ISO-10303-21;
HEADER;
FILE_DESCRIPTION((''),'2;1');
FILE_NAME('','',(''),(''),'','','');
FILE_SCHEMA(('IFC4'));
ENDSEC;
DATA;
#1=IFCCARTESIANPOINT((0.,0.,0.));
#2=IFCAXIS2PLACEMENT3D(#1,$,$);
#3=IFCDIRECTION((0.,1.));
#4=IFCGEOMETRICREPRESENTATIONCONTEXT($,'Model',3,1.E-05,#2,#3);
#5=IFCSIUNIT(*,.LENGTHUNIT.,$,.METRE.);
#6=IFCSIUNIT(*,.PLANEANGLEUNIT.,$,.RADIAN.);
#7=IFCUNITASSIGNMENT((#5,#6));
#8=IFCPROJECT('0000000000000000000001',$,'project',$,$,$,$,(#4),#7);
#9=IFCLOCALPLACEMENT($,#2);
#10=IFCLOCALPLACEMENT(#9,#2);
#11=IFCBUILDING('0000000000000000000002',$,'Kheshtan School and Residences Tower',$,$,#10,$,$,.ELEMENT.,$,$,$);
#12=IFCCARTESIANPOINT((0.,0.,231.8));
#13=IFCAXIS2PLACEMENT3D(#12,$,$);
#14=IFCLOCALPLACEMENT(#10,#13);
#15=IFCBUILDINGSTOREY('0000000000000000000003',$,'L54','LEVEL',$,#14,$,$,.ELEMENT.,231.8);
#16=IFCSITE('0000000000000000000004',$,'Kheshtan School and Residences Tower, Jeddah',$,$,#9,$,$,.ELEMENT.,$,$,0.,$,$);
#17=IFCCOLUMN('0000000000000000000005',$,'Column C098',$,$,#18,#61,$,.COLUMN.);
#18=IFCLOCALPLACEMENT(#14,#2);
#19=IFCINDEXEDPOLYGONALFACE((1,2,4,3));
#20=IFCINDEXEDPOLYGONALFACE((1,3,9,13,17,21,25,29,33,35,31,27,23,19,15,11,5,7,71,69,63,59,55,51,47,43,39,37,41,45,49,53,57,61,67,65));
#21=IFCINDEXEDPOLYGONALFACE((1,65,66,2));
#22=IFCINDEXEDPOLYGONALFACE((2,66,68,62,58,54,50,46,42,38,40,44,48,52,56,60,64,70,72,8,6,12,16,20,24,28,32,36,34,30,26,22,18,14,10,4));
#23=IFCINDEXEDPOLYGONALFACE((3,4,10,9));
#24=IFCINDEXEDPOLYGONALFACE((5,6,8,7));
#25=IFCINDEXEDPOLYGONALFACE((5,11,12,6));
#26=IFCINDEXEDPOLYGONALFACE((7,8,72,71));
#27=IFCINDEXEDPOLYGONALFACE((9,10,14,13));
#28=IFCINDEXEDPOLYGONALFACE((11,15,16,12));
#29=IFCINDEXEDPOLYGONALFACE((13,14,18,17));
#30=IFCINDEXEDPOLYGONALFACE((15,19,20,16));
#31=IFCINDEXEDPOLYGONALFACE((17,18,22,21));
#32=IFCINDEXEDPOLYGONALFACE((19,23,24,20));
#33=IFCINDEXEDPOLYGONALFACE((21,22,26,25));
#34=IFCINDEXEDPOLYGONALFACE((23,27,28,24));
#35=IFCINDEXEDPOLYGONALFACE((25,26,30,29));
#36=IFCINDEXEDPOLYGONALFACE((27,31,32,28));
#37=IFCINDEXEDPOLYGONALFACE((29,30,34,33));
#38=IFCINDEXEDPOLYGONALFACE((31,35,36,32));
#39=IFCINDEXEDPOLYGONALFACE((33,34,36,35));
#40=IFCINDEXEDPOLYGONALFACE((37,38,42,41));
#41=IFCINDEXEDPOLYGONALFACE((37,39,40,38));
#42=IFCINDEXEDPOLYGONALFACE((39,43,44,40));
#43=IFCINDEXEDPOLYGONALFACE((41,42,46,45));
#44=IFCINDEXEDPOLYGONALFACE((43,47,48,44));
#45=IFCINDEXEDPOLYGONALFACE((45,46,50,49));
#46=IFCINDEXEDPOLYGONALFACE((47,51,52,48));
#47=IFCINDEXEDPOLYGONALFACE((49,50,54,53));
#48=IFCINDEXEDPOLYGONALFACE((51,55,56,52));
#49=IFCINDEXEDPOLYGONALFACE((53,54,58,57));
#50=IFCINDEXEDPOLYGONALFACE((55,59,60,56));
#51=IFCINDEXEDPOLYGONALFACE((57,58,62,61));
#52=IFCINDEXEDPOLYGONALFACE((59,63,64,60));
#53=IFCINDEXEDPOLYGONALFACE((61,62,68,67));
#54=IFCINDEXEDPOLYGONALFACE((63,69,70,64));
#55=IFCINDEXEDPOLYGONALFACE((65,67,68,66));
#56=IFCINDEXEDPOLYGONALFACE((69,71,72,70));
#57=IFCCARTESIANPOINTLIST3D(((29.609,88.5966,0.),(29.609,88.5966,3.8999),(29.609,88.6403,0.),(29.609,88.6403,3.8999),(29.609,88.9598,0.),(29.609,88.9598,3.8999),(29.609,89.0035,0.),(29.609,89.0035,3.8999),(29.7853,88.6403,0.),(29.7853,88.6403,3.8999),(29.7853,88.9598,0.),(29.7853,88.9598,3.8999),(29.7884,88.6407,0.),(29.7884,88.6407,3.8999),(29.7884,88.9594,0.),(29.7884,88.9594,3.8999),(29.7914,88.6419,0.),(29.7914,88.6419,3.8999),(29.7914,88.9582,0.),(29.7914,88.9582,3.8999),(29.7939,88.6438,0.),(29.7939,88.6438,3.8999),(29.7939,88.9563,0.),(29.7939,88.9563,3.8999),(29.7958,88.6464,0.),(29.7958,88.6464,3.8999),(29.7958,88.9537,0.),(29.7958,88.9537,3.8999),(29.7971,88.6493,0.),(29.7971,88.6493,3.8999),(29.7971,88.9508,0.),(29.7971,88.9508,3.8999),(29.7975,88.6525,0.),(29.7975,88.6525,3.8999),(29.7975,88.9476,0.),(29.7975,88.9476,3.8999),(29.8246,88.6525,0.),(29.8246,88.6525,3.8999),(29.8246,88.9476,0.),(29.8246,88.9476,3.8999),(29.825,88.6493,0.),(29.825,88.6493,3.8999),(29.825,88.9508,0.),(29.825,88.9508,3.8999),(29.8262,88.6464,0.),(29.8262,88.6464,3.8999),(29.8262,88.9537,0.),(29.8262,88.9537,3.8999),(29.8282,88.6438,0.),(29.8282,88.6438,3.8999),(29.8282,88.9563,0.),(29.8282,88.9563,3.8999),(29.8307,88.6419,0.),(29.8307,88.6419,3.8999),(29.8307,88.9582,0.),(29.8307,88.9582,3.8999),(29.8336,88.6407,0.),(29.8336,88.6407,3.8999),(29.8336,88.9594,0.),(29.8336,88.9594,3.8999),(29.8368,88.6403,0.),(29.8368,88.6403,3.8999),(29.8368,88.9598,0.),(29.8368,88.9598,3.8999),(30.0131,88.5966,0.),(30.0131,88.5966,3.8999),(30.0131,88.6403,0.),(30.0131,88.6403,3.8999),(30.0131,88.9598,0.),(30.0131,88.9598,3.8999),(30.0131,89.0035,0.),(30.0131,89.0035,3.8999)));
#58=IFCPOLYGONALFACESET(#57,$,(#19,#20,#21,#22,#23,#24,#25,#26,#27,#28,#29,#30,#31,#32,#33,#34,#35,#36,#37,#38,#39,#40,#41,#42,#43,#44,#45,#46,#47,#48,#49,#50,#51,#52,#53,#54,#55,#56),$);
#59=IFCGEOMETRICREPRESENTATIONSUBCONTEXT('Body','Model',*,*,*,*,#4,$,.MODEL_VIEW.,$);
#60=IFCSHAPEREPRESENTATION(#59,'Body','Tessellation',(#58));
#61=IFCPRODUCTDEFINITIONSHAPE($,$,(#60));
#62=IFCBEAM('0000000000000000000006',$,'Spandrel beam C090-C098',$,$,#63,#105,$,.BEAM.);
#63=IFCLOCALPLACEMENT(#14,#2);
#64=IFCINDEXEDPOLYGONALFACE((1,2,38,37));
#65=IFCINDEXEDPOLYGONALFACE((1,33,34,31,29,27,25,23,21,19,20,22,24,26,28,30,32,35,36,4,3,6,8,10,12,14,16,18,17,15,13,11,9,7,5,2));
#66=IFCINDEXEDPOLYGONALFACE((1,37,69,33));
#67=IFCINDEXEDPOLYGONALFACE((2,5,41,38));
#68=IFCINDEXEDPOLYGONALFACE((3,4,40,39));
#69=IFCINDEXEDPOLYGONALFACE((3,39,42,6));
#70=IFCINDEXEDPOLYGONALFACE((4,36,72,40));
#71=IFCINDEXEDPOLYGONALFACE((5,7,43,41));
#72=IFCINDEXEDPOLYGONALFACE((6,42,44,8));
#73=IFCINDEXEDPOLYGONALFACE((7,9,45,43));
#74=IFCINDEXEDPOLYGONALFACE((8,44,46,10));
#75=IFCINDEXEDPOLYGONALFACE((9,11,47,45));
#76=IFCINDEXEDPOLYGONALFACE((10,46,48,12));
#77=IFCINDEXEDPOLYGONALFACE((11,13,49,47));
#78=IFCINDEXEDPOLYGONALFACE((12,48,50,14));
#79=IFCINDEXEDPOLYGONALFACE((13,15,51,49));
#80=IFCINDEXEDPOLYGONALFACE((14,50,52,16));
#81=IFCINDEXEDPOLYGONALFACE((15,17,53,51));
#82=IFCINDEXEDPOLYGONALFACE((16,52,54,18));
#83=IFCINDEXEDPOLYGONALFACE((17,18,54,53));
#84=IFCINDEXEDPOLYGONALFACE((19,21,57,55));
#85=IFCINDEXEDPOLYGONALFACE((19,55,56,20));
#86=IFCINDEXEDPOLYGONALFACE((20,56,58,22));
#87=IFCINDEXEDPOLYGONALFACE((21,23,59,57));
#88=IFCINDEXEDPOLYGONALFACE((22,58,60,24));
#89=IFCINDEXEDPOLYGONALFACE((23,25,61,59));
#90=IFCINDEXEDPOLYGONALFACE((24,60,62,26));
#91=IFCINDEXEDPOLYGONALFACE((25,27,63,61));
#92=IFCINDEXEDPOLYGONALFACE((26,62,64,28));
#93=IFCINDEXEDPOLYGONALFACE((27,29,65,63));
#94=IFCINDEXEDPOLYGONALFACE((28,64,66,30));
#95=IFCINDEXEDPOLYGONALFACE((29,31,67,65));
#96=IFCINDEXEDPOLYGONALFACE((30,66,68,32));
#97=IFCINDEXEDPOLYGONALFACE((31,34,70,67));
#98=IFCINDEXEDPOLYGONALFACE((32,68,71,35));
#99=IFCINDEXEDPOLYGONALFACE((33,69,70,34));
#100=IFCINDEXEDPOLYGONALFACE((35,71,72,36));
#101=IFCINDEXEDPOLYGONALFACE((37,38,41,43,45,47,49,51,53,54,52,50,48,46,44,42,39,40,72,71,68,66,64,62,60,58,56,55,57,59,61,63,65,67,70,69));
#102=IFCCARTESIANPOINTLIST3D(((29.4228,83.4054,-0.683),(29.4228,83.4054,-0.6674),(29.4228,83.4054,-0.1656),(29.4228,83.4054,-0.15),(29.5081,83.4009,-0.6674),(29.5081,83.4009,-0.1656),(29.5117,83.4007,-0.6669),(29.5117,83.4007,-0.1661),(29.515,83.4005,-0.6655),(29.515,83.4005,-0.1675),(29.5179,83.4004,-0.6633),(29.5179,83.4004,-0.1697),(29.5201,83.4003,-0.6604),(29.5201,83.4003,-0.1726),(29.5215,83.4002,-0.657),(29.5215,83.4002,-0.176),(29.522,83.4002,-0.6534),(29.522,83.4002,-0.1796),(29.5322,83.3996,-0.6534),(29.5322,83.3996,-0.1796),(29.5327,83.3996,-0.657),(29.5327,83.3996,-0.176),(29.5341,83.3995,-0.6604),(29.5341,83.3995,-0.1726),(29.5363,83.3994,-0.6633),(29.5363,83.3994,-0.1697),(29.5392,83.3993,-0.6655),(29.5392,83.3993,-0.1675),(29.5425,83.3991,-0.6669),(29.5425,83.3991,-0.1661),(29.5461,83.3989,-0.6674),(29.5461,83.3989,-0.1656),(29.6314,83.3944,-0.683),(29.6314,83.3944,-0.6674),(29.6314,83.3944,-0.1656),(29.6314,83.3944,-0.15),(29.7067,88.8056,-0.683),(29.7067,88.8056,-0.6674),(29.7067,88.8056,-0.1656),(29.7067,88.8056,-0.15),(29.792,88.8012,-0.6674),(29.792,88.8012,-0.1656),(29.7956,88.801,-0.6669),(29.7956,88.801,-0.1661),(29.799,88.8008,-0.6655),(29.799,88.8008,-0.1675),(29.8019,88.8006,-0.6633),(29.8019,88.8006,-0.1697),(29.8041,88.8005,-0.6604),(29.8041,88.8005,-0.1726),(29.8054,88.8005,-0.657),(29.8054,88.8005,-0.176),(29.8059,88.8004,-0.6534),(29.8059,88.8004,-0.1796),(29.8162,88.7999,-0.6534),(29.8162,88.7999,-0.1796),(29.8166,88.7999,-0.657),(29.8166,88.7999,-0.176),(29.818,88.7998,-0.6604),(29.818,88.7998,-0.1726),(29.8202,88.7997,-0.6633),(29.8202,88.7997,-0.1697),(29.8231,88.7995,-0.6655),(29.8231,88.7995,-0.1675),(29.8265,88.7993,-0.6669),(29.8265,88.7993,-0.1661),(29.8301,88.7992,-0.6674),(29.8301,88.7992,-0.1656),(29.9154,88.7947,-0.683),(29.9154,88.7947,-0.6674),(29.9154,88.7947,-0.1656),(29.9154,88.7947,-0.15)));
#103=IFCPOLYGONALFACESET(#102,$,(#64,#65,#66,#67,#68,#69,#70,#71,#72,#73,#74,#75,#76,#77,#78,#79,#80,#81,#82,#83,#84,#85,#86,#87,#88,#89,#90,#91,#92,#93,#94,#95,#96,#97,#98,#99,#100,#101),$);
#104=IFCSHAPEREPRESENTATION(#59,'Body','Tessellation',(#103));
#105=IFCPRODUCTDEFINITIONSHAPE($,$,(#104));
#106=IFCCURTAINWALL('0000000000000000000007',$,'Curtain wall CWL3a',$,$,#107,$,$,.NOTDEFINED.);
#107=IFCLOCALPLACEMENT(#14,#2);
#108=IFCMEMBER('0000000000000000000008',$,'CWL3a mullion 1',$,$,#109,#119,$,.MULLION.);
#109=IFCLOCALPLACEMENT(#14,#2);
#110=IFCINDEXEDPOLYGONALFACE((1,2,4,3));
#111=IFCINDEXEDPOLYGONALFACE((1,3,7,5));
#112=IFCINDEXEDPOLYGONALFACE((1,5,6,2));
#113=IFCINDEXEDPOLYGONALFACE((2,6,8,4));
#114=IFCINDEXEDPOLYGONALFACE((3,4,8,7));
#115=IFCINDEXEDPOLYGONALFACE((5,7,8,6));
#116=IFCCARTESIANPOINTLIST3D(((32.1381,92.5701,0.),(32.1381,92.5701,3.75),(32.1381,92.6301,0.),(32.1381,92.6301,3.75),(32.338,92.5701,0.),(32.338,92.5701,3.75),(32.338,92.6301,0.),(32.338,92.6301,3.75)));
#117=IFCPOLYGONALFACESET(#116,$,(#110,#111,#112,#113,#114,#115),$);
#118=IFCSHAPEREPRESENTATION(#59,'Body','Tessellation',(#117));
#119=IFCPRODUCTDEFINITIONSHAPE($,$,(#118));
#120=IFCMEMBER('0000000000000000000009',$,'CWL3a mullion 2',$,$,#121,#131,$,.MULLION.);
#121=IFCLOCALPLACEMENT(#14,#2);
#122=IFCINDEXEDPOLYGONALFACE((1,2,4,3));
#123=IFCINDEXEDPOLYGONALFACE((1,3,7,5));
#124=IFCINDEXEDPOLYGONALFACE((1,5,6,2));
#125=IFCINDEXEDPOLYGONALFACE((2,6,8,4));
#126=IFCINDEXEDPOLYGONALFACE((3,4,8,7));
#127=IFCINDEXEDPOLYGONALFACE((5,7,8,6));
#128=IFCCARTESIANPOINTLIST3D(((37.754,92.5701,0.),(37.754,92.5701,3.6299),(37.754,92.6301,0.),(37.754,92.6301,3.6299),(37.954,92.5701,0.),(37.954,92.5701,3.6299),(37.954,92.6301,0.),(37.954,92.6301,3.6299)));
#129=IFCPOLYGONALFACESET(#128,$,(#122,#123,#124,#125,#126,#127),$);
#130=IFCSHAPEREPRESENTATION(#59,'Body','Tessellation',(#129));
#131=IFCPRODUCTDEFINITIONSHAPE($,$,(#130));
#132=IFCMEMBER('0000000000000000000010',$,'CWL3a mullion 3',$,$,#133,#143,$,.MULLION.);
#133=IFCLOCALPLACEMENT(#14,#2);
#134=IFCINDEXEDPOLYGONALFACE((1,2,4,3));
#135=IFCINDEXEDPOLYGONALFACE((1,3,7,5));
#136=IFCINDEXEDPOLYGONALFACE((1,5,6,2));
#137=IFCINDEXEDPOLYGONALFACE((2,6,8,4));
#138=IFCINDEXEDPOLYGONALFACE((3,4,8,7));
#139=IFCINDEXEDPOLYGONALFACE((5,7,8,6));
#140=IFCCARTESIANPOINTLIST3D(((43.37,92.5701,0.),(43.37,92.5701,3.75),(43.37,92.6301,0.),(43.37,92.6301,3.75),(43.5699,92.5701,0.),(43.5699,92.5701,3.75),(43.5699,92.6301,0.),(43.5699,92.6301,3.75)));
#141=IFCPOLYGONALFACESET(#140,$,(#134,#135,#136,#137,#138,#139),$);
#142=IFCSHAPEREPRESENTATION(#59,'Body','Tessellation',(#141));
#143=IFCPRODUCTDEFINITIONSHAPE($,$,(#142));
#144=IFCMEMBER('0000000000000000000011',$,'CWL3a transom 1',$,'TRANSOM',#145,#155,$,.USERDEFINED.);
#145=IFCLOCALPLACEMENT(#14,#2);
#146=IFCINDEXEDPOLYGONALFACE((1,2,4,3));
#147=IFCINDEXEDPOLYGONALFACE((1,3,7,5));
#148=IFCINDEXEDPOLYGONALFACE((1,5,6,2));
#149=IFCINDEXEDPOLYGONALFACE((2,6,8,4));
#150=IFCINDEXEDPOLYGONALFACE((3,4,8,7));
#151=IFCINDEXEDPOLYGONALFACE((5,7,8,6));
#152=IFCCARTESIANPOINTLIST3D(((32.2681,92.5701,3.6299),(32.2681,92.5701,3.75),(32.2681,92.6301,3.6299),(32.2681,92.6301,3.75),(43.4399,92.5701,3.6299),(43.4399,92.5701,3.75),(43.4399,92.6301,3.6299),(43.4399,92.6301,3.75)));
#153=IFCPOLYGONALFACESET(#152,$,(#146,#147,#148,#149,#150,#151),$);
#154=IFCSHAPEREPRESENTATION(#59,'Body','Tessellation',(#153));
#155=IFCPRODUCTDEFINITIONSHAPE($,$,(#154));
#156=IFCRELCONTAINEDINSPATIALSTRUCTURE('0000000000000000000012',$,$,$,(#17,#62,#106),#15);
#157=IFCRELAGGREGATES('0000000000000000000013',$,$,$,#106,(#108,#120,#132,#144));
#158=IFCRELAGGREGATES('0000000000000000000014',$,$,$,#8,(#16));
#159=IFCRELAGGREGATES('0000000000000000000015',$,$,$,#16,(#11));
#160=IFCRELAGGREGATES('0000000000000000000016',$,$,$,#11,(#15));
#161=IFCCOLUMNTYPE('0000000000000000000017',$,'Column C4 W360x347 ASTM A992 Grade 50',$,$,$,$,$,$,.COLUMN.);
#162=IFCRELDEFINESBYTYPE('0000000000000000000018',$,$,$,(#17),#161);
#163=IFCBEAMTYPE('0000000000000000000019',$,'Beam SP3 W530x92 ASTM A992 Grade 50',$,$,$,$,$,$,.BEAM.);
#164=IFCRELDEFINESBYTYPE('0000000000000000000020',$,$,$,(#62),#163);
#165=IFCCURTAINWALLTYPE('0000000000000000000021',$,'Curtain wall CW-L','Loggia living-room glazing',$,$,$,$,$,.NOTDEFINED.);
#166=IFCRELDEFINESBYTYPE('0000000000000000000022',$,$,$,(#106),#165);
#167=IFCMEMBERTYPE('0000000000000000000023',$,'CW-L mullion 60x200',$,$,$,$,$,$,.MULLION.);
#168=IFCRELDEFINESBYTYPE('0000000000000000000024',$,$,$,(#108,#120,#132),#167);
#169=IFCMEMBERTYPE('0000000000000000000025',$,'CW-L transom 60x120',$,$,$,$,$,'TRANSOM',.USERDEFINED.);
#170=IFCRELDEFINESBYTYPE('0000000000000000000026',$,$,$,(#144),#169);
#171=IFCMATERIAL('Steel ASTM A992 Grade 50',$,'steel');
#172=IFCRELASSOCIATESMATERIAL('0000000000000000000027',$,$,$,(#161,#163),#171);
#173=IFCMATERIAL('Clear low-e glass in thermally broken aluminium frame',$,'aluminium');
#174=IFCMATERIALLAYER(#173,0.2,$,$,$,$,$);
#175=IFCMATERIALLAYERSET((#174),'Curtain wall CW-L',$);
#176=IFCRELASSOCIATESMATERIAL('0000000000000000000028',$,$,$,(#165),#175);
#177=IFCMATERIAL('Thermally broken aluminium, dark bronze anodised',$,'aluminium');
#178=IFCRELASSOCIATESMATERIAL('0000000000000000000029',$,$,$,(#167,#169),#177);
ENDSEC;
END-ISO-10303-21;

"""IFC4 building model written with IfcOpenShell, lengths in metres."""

from ifc_helpers import new_model, si_unit, direction, frame, origin, origin_2d, place, context, subcontext, project, spatial, rectangle, i_section, extrude, material, layer, layer_set, material_profile, profile_set, type_object, element, aggregate, save


model = new_model("IFC4")

# Units and contexts
model_context = context("Model", 3, precision=1e-05, world=origin(), true_north=direction((0.0, 1.0)))
body_context = subcontext(model_context, "Body", "Model", "MODEL_VIEW")
ifc_project = project(units=[si_unit("LENGTHUNIT", "METRE"), si_unit("PLANEANGLEUNIT", "RADIAN")], contexts=[model_context])

# Site, building, storey
site_placement = place(None, origin())
site = spatial("IfcSite", under=ifc_project, at=site_placement, Name="Kheshtan School and Residences Tower, Jeddah", CompositionType="ELEMENT", RefElevation=0.0)
building_placement = place(site_placement, origin())
building = spatial("IfcBuilding", under=site, at=building_placement, Name="Kheshtan School and Residences Tower", CompositionType="ELEMENT")
storey_placement = place(building_placement, frame((0.0, 0.0, 231.8)))
storey = spatial("IfcBuildingStorey", under=building, at=storey_placement, Name="L54", Description="LEVEL", CompositionType="ELEMENT", Elevation=231.8)

# Column
ifc_material_1 = material(Name="Steel ASTM A992 Grade 50", Category="steel")
ifc_material_profile_1 = material_profile(ifc_material_1, i_section(OverallWidth=0.4041, OverallDepth=0.407, WebThickness=0.0271, FlangeThickness=0.0437, FilletRadius=0.0122, at=origin_2d()), Name="W360x347")
ifc_profile_set_1 = profile_set([ifc_material_profile_1], Name="Steel ASTM A992 Grade 50")
column_type = type_object("IfcColumnType", Name="Column C4 W360x347 ASTM A992 Grade 50", PredefinedType="COLUMN", material=ifc_profile_set_1)
column_placement = place(storey_placement, frame((29.811, 88.8, 0.0), z_axis=(0.0, 0.0, 1.0), x_axis=(1.0, 0.0, 0.0)))
element("IfcColumn", 1, at=column_placement, inside=storey, type_object=column_type, Name="Column C098", PredefinedType="COLUMN", context=body_context, shape_type="SweptSolid", body=[
    extrude(i_section(OverallWidth=0.4041, OverallDepth=0.407, WebThickness=0.0271, FlangeThickness=0.0437, FilletRadius=0.0122, at=origin_2d()), origin(), (0.0, 0.0, 1.0), 3.8999),
])

# Beam
ifc_material_profile_2 = material_profile(ifc_material_1, i_section(OverallWidth=0.209, OverallDepth=0.533, WebThickness=0.0103, FlangeThickness=0.0156, FilletRadius=0.0139, at=origin_2d()), Name="W530x92")
ifc_profile_set_2 = profile_set([ifc_material_profile_2], Name="Steel ASTM A992 Grade 50")
beam_type_1 = type_object("IfcBeamType", Name="Beam SP3 W530x92 ASTM A992 Grade 50", PredefinedType="BEAM", material=ifc_profile_set_2)
beam_1_placement = place(storey_placement, frame((29.5271, 83.3999, -0.4165), z_axis=(0.052507, 0.998621, 0.0), x_axis=(-0.998621, 0.052507, 0.0)))
element("IfcBeam", 2, at=beam_1_placement, inside=storey, type_object=beam_type_1, Name="Spandrel beam C090-C098", PredefinedType="BEAM", context=body_context, shape_type="SweptSolid", body=[
    extrude(i_section(OverallWidth=0.209, OverallDepth=0.533, WebThickness=0.0103, FlangeThickness=0.0156, FilletRadius=0.0139, at=origin_2d()), origin(), (0.0, 0.0, 1.0), 5.4077),
])

# Curtain wall, members
ifc_material_2 = material(Name="Clear low-e glass in thermally broken aluminium frame", Category="aluminium")
ifc_layer_1 = layer(ifc_material_2, 0.2)
ifc_layer_set_1 = layer_set([ifc_layer_1], Name="Curtain wall CW-L")
curtain_wall_type = type_object("IfcCurtainWallType", Name="Curtain wall CW-L", Description="Loggia living-room glazing", PredefinedType="NOTDEFINED", material=ifc_layer_set_1)
curtain_wall_placement = place(storey_placement, origin())
curtain_wall = element("IfcCurtainWall", 3, at=curtain_wall_placement, inside=storey, type_object=curtain_wall_type, Name="Curtain wall CWL3a", PredefinedType="NOTDEFINED")
ifc_material_3 = material(Name="Thermally broken aluminium, dark bronze anodised", Category="aluminium")
ifc_material_profile_3 = material_profile(ifc_material_3, rectangle(XDim=0.0601, YDim=0.2, at=origin_2d()), Name="CW-L mullion 60x200")
ifc_profile_set_3 = profile_set([ifc_material_profile_3], Name="Thermally broken aluminium, dark bronze anodised")
member_type_1 = type_object("IfcMemberType", Name="CW-L mullion 60x200", PredefinedType="MULLION", material=ifc_profile_set_3)
member_1_placement = place(storey_placement, frame((32.238, 92.6001, 0.0), z_axis=(0.0, 0.0, 1.0), x_axis=(0.0, 1.0, 0.0)))
member_1 = element("IfcMember", 4, at=member_1_placement, type_object=member_type_1, Name="CWL3a mullion 1", PredefinedType="MULLION", context=body_context, shape_type="SweptSolid", body=[
    extrude(rectangle(XDim=0.0601, YDim=0.2, at=origin_2d()), origin(), (0.0, 0.0, 1.0), 3.75),
])
member_2_placement = place(storey_placement, frame((37.854, 92.6001, 0.0), z_axis=(0.0, 0.0, 1.0), x_axis=(0.0, 1.0, 0.0)))
member_2 = element("IfcMember", 5, at=member_2_placement, type_object=member_type_1, Name="CWL3a mullion 2", PredefinedType="MULLION", context=body_context, shape_type="SweptSolid", body=[
    extrude(rectangle(XDim=0.0601, YDim=0.2, at=origin_2d()), origin(), (0.0, 0.0, 1.0), 3.6299),
])
member_3_placement = place(storey_placement, frame((43.47, 92.6001, 0.0), z_axis=(0.0, 0.0, 1.0), x_axis=(0.0, 1.0, 0.0)))
member_3 = element("IfcMember", 6, at=member_3_placement, type_object=member_type_1, Name="CWL3a mullion 3", PredefinedType="MULLION", context=body_context, shape_type="SweptSolid", body=[
    extrude(rectangle(XDim=0.0601, YDim=0.2, at=origin_2d()), origin(), (0.0, 0.0, 1.0), 3.75),
])
ifc_material_profile_4 = material_profile(ifc_material_3, rectangle(XDim=0.0601, YDim=0.1201, at=origin_2d()), Name="CW-L transom 60x120")
ifc_profile_set_4 = profile_set([ifc_material_profile_4], Name="Thermally broken aluminium, dark bronze anodised")
member_type_2 = type_object("IfcMemberType", Name="CW-L transom 60x120", ElementType="TRANSOM", PredefinedType="USERDEFINED", material=ifc_profile_set_4)
member_4_placement = place(storey_placement, frame((32.2681, 92.6001, 3.6899), z_axis=(1.0, 0.0, 0.0), x_axis=(0.0, 1.0, 0.0)))
member_4 = element("IfcMember", 7, at=member_4_placement, type_object=member_type_2, Name="CWL3a transom 1", ObjectType="TRANSOM", PredefinedType="USERDEFINED", context=body_context, shape_type="SweptSolid", body=[
    extrude(rectangle(XDim=0.0601, YDim=0.1201, at=origin_2d()), origin(), (0.0, 0.0, 1.0), 11.1719),
])

aggregate(curtain_wall, [member_1, member_2, member_3, member_4])

save(model, "model.ifc")
